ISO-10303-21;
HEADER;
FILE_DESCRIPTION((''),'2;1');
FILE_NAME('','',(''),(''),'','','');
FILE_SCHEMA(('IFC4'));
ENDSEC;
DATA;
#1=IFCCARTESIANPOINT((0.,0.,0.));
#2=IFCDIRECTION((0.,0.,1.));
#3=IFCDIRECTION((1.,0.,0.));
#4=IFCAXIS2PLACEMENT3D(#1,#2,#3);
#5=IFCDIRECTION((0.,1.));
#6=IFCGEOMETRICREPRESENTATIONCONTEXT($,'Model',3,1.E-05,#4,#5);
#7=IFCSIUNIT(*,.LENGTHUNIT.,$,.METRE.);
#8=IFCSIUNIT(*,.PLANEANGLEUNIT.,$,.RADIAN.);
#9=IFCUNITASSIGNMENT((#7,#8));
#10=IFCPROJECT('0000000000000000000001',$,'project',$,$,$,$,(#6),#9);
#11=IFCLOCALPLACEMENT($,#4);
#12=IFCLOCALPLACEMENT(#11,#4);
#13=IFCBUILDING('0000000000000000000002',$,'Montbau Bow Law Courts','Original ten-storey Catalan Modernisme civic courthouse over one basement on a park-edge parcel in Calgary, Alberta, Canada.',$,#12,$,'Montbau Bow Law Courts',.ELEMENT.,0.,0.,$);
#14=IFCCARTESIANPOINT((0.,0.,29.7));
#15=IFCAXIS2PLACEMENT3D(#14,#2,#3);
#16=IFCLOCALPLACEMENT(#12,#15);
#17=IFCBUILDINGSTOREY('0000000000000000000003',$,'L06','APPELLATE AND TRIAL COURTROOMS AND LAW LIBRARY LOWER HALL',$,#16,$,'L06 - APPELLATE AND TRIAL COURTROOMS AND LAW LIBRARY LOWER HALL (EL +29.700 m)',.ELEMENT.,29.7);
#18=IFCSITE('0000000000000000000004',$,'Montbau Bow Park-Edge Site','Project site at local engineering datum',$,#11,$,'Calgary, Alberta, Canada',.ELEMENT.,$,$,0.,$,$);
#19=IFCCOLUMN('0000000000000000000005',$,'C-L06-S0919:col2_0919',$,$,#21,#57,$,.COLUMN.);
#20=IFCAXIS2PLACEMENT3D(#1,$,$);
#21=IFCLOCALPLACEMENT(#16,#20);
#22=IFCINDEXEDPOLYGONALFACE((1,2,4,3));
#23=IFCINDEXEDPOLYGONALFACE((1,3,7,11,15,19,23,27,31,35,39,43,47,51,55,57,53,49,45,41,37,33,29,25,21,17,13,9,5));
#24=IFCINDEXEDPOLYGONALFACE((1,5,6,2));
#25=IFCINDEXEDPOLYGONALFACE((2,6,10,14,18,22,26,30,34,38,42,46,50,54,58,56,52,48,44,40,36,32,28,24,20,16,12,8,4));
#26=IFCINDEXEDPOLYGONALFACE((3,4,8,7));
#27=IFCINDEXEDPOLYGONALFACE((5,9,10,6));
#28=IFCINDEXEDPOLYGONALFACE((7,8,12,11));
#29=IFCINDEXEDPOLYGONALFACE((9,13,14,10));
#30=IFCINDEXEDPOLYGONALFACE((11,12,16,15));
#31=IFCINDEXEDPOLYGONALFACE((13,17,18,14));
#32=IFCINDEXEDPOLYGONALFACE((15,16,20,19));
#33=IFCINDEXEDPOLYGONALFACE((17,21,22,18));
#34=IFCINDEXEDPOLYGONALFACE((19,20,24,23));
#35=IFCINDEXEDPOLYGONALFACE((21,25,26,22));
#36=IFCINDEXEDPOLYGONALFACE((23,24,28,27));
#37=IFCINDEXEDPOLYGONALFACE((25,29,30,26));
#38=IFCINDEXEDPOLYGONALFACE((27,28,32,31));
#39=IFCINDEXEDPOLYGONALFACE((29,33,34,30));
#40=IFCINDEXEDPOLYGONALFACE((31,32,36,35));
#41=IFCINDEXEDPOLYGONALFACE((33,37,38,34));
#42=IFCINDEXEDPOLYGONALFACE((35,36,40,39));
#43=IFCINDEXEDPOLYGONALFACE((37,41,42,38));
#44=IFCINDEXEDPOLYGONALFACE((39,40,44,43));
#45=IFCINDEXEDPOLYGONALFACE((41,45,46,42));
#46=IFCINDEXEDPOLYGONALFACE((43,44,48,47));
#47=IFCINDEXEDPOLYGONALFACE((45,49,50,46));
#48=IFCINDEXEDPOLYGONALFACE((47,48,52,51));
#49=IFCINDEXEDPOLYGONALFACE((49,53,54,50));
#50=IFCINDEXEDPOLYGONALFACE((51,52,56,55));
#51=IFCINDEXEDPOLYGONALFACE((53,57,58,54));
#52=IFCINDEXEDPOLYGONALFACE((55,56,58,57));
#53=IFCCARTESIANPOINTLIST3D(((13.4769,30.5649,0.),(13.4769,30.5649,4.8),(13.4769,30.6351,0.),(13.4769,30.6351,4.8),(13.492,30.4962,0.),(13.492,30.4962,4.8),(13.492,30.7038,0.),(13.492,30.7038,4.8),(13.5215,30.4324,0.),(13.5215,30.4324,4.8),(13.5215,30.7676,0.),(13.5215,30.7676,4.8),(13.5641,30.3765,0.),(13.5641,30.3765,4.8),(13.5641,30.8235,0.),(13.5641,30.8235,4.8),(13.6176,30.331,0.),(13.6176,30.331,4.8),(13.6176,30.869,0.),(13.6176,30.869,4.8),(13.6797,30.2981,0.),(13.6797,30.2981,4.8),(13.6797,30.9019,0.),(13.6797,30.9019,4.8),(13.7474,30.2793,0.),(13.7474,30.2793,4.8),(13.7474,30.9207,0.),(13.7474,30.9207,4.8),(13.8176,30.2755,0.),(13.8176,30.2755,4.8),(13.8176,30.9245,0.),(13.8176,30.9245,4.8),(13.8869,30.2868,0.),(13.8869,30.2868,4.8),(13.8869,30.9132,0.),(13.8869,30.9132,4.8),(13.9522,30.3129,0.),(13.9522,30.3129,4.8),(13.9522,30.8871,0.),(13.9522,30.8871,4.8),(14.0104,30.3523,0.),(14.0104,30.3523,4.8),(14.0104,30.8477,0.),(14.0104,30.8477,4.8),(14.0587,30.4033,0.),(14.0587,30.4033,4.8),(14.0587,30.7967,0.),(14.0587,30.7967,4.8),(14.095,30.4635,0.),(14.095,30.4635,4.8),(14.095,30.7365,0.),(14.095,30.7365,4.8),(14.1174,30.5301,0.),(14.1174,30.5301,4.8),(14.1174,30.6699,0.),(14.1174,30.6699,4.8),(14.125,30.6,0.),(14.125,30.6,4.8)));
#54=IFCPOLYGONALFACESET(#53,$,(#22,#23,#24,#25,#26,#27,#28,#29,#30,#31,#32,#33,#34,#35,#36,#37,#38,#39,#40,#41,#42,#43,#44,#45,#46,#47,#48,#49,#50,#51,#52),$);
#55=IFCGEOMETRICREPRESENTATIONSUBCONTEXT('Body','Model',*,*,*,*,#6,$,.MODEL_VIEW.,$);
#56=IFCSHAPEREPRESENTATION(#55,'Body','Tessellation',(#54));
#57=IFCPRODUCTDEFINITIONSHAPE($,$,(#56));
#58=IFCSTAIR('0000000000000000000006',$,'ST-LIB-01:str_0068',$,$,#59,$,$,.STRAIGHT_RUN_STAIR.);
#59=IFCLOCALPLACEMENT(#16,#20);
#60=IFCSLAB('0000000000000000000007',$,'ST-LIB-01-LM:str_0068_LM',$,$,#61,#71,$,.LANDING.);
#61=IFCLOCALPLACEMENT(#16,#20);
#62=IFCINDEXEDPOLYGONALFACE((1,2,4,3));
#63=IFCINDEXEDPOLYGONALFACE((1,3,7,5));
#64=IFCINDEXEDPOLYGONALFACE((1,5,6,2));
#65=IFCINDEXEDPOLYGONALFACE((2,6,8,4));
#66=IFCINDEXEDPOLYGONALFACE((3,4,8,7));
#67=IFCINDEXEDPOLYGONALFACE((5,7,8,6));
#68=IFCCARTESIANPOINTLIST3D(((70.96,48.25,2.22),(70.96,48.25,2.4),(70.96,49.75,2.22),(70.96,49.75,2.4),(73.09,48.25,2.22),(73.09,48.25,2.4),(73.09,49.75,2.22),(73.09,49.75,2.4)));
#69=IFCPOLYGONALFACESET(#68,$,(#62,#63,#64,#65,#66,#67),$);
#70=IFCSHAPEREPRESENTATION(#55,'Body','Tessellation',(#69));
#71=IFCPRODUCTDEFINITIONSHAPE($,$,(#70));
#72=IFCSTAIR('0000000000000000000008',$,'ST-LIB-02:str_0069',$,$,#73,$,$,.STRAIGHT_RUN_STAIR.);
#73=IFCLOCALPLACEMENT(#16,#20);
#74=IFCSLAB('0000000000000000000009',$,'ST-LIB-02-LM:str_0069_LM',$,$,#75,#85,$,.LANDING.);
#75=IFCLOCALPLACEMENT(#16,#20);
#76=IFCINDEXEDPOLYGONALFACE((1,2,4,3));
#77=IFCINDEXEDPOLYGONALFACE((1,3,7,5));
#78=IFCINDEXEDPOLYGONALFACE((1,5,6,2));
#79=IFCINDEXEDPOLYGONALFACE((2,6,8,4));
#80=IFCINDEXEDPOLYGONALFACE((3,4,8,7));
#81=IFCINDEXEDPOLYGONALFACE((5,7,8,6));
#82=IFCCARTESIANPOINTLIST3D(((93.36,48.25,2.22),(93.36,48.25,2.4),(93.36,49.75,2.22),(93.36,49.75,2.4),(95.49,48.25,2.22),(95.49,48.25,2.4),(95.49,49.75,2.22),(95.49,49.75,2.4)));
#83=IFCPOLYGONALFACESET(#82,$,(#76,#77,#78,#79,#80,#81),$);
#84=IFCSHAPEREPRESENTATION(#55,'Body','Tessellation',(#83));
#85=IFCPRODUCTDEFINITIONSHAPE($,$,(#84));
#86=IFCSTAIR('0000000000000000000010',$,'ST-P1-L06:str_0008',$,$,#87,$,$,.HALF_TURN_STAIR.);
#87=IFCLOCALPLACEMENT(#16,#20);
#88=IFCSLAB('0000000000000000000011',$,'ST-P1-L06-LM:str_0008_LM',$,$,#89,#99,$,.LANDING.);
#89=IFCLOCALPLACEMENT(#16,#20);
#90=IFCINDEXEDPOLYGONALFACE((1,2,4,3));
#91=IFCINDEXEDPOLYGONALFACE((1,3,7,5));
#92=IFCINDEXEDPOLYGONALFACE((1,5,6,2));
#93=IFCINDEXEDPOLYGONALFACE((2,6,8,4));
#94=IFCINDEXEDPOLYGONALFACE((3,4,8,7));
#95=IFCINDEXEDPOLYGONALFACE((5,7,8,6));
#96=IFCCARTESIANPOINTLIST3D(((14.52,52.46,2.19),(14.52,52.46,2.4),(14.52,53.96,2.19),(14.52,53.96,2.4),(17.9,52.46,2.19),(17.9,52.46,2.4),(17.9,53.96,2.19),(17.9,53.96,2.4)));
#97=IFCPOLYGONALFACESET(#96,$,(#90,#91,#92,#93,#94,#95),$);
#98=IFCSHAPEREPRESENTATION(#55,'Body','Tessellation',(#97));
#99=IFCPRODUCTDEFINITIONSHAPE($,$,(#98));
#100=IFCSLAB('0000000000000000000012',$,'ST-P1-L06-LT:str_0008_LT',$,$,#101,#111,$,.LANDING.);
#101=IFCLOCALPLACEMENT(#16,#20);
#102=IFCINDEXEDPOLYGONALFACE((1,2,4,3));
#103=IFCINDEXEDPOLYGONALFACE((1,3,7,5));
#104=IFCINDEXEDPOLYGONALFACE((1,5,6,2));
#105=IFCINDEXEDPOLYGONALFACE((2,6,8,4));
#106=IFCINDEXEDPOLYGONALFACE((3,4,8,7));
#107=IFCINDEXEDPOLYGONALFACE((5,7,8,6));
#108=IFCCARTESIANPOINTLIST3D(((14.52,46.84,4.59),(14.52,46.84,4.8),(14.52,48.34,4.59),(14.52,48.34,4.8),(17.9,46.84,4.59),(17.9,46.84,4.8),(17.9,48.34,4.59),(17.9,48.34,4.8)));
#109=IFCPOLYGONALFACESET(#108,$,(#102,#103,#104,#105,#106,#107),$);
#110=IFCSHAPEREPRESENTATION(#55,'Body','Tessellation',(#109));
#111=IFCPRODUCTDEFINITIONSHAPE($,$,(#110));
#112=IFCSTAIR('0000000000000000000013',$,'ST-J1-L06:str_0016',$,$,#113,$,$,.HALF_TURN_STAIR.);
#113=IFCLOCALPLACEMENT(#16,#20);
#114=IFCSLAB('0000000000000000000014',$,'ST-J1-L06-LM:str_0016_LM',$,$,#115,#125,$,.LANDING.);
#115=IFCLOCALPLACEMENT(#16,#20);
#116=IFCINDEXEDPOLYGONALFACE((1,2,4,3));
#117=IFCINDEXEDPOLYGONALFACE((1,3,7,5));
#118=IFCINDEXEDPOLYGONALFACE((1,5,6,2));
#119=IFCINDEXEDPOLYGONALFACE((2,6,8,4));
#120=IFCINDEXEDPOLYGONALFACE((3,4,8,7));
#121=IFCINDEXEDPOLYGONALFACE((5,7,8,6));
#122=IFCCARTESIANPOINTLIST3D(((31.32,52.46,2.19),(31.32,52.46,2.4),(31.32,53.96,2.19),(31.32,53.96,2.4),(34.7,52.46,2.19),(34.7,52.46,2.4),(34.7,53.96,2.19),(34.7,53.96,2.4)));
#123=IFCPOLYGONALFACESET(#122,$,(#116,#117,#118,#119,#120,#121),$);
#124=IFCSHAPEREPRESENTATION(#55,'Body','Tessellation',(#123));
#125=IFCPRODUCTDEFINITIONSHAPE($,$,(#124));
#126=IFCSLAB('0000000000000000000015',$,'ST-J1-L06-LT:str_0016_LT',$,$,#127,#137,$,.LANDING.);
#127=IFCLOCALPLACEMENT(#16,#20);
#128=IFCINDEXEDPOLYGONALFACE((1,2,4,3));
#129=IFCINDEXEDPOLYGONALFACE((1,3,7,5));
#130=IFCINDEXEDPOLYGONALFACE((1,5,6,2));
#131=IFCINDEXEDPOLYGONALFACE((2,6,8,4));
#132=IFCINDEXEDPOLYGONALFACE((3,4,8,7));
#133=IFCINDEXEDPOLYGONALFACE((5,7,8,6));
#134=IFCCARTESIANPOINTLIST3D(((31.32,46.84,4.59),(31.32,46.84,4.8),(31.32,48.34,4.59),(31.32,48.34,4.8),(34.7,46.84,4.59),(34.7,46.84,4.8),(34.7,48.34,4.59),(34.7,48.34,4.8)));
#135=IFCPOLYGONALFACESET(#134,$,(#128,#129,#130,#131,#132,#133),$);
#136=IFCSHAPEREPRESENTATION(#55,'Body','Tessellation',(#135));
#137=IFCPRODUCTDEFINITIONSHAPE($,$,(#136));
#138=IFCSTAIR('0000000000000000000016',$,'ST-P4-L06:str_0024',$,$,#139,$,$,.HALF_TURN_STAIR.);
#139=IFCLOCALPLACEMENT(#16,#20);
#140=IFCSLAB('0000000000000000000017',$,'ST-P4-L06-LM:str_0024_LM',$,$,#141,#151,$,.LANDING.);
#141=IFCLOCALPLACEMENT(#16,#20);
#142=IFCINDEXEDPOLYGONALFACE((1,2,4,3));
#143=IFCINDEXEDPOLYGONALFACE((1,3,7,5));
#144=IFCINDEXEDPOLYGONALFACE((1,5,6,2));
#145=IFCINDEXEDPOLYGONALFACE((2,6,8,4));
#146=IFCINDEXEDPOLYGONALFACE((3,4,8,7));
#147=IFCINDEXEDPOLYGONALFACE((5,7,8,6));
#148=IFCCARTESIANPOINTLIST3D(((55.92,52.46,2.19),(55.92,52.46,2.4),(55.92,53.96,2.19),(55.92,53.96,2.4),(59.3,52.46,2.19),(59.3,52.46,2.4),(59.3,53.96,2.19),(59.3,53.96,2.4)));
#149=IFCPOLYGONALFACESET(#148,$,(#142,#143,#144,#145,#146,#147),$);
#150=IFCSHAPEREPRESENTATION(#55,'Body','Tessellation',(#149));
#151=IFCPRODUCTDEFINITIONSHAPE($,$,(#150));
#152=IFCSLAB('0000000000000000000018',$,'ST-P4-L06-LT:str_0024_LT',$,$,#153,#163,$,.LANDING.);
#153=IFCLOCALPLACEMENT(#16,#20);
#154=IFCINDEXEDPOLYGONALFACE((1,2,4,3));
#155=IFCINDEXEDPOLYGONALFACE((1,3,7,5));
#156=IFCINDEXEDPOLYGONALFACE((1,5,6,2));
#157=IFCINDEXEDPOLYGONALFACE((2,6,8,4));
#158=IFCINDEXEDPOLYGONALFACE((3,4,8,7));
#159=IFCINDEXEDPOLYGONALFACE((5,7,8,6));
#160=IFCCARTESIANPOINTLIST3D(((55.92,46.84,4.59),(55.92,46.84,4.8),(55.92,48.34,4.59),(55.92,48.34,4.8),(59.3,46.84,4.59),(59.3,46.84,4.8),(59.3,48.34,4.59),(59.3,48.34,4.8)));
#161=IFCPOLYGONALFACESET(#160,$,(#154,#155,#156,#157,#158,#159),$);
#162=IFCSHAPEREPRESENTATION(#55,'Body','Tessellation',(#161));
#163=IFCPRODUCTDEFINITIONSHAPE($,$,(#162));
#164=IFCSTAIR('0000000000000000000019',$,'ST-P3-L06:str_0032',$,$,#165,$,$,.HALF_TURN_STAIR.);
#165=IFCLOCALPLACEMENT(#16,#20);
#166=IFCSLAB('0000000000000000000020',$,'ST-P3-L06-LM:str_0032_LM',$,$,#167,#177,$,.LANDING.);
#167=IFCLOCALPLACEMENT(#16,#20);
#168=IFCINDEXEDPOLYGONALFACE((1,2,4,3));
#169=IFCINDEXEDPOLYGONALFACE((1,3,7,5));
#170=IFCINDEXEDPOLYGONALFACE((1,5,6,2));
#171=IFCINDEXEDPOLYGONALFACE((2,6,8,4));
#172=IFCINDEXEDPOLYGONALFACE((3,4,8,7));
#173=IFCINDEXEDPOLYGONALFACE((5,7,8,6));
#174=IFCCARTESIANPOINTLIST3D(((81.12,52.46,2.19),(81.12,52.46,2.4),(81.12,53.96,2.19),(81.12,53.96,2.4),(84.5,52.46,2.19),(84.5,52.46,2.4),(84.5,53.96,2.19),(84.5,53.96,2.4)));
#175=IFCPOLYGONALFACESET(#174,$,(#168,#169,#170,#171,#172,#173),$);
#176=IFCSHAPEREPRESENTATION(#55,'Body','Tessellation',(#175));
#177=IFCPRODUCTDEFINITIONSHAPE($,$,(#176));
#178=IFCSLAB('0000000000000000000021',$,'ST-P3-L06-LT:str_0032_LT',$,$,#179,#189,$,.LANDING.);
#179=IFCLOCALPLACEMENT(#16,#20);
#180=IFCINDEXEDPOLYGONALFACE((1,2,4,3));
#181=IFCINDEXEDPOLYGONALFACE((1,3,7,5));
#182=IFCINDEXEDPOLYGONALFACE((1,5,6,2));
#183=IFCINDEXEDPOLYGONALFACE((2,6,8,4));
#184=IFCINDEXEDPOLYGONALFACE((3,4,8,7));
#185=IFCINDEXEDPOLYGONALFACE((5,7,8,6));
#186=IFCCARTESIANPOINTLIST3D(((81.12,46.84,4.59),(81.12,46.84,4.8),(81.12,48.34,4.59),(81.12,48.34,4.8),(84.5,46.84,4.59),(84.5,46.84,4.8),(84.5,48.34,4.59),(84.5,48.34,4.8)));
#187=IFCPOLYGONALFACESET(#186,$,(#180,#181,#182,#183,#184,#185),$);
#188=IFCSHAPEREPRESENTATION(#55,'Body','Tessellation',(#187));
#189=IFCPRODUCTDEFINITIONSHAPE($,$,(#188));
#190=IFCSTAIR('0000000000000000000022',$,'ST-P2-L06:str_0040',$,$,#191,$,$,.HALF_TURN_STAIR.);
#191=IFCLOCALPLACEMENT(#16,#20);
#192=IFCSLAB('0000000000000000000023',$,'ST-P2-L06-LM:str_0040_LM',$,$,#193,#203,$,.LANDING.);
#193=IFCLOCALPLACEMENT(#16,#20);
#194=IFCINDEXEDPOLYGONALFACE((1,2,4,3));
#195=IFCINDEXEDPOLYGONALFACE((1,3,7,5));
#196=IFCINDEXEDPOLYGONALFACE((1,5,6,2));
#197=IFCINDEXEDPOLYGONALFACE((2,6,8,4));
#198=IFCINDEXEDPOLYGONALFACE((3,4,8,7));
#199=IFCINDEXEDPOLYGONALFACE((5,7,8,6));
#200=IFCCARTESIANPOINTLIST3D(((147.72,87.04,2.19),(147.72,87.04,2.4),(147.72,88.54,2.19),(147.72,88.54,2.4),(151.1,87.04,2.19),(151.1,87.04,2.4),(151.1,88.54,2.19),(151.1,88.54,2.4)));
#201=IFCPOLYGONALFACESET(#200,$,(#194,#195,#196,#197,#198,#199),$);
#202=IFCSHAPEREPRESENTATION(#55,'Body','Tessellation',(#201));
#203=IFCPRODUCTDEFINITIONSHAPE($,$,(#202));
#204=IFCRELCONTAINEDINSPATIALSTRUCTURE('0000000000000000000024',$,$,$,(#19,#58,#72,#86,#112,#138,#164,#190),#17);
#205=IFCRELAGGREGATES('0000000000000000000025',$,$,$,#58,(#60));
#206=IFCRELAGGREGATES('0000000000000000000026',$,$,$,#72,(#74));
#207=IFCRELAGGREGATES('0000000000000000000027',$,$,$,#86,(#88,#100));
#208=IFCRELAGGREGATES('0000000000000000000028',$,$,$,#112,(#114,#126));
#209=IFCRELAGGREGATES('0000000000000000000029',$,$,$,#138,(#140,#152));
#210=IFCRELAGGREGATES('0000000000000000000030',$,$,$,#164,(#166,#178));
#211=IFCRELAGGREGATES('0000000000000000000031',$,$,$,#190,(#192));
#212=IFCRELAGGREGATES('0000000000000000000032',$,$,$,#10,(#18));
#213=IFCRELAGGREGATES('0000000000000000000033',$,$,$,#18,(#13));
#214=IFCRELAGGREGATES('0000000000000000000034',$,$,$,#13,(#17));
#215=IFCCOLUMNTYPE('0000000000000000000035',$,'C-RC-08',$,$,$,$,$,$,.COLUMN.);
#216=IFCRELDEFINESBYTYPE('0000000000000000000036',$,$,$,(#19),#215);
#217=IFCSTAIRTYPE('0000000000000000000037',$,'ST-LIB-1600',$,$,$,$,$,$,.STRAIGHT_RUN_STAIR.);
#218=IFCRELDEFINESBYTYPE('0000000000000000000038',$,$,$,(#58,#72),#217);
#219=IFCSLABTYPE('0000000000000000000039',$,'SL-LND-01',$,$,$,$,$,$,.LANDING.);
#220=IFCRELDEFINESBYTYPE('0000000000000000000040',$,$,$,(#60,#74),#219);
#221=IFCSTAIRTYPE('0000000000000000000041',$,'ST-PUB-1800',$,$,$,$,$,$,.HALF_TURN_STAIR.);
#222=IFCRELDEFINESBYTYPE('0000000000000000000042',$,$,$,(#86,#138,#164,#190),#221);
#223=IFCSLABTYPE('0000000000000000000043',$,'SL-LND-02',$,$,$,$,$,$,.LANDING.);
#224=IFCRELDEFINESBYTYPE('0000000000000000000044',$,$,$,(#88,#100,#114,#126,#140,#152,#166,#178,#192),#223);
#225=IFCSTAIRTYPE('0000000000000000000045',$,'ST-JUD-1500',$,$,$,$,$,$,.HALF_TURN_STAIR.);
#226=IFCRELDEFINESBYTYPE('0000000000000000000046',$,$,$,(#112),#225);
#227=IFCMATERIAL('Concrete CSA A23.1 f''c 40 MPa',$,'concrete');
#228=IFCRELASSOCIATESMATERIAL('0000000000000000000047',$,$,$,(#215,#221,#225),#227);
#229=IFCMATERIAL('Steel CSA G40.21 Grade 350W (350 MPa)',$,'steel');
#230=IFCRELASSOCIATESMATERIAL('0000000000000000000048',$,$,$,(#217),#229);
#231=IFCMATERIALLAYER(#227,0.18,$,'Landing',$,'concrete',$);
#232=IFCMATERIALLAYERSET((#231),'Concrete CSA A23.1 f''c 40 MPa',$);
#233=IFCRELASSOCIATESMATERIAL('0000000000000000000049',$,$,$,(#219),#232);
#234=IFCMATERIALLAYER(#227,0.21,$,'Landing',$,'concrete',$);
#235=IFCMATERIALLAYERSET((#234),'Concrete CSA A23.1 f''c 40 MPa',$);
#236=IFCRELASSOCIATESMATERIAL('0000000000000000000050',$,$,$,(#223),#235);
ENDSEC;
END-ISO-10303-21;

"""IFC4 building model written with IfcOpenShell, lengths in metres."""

from ifc_helpers import new_model, si_unit, direction, frame, origin_with_axes, origin_2d_with_axis, place, context, subcontext, project, spatial, polyline, circle, outline, extrude, material, layer, layer_set, material_profile, profile_set, type_object, element, aggregate, save


model = new_model("IFC4")

# Units and contexts
model_context = context("Model", 3, precision=1e-05, world=origin_with_axes(), true_north=direction((0.0, 1.0)))
body_context = subcontext(model_context, "Body", "Model", "MODEL_VIEW")
ifc_project = project(units=[si_unit("LENGTHUNIT", "METRE"), si_unit("PLANEANGLEUNIT", "RADIAN")], contexts=[model_context])

# Site, building, storey
site_placement = place(None, origin_with_axes())
site = spatial("IfcSite", under=ifc_project, at=site_placement, Name="Montbau Bow Park-Edge Site", Description="Project site at local engineering datum", LongName="Calgary, Alberta, Canada", CompositionType="ELEMENT", RefElevation=0.0)
building_placement = place(site_placement, origin_with_axes())
building = spatial("IfcBuilding", under=site, at=building_placement, Name="Montbau Bow Law Courts", Description="Original ten-storey Catalan Modernisme civic courthouse over one basement on a park-edge parcel in Calgary, Alberta, Canada.", LongName="Montbau Bow Law Courts", CompositionType="ELEMENT", ElevationOfRefHeight=0.0, ElevationOfTerrain=0.0)
storey_placement = place(building_placement, frame((0.0, 0.0, 29.7), z_axis=(0.0, 0.0, 1.0), x_axis=(1.0, 0.0, 0.0)))
storey = spatial("IfcBuildingStorey", under=building, at=storey_placement, Name="L06", Description="APPELLATE AND TRIAL COURTROOMS AND LAW LIBRARY LOWER HALL", LongName="L06 - APPELLATE AND TRIAL COURTROOMS AND LAW LIBRARY LOWER HALL (EL +29.700 m)", CompositionType="ELEMENT", Elevation=29.7)

# Column
ifc_material_1 = material(Name="Concrete CSA A23.1 f'c 40 MPa", Category="concrete")
ifc_material_profile = material_profile(ifc_material_1, circle(Radius=0.325, at=origin_2d_with_axis()), Name="RC650D", Category="Main", Priority=0)
ifc_profile_set = profile_set([ifc_material_profile], Name="Concrete CSA A23.1 f'c 40 MPa")
column_type = type_object("IfcColumnType", Name="C-RC-08", PredefinedType="COLUMN", material=ifc_profile_set)
column_placement = place(None, frame((13.8, 30.6, 29.7), z_axis=(0.0, 0.0, 1.0), x_axis=(1.0, 0.0, 0.0)))
element("IfcColumn", 1, at=column_placement, inside=storey, type_object=column_type, Name="C-L06-S0919:col2_0919", PredefinedType="COLUMN", context=body_context, shape_type="SweptSolid", body=[
    extrude(circle(Radius=0.325, at=origin_2d_with_axis()), origin_with_axes(), (0.0, 0.0, 1.0), 4.8),
])

# Stairs, slabs
ifc_material_2 = material(Name="Steel CSA G40.21 Grade 350W (350 MPa)", Category="steel")
stair_type_1 = type_object("IfcStairType", Name="ST-LIB-1600", PredefinedType="STRAIGHT_RUN_STAIR", material=ifc_material_2)
stair_1_placement = place(None, frame((66.8, 49.0, 29.7), z_axis=(0.0, 0.0, 1.0), x_axis=(1.0, 0.0, 0.0)))
stair_1 = element("IfcStair", 2, at=stair_1_placement, inside=storey, type_object=stair_type_1, Name="ST-LIB-01:str_0068", PredefinedType="STRAIGHT_RUN_STAIR")
ifc_layer_1 = layer(ifc_material_1, 0.18, Name="Landing", Category="concrete")
ifc_layer_set_1 = layer_set([ifc_layer_1], Name="Concrete CSA A23.1 f'c 40 MPa")
slab_type_1 = type_object("IfcSlabType", Name="SL-LND-01", PredefinedType="LANDING", material=ifc_layer_set_1)
slab_1_placement = place(None, frame((0.0, 0.0, 31.92), z_axis=(0.0, 0.0, 1.0), x_axis=(1.0, 0.0, 0.0)))
slab_1 = element("IfcSlab", 3, at=slab_1_placement, type_object=slab_type_1, Name="ST-LIB-01-LM:str_0068_LM", PredefinedType="LANDING", context=body_context, shape_type="SweptSolid", body=[
    extrude(outline(polyline([(70.96, 48.25), (73.09, 48.25), (73.09, 49.75), (70.96, 49.75), (70.96, 48.25)])), origin_with_axes(), (0.0, 0.0, 1.0), 0.18),
])
aggregate(stair_1, [slab_1])
stair_2_placement = place(None, frame((89.2, 49.0, 29.7), z_axis=(0.0, 0.0, 1.0), x_axis=(1.0, 0.0, 0.0)))
stair_2 = element("IfcStair", 4, at=stair_2_placement, inside=storey, type_object=stair_type_1, Name="ST-LIB-02:str_0069", PredefinedType="STRAIGHT_RUN_STAIR")
slab_2_placement = place(None, frame((0.0, 0.0, 31.92), z_axis=(0.0, 0.0, 1.0), x_axis=(1.0, 0.0, 0.0)))
slab_2 = element("IfcSlab", 5, at=slab_2_placement, type_object=slab_type_1, Name="ST-LIB-02-LM:str_0069_LM", PredefinedType="LANDING", context=body_context, shape_type="SweptSolid", body=[
    extrude(outline(polyline([(93.36, 48.25), (95.49, 48.25), (95.49, 49.75), (93.36, 49.75), (93.36, 48.25)])), origin_with_axes(), (0.0, 0.0, 1.0), 0.18),
])
aggregate(stair_2, [slab_2])

# Stairs, slabs
stair_type_2 = type_object("IfcStairType", Name="ST-PUB-1800", PredefinedType="HALF_TURN_STAIR", material=ifc_material_1)
stair_3_placement = place(None, frame((15.305, 48.3, 29.7), z_axis=(0.0, 0.0, 1.0), x_axis=(1.0, 0.0, 0.0)))
stair_3 = element("IfcStair", 6, at=stair_3_placement, inside=storey, type_object=stair_type_2, Name="ST-P1-L06:str_0008", PredefinedType="HALF_TURN_STAIR")
ifc_layer_2 = layer(ifc_material_1, 0.21, Name="Landing", Category="concrete")
ifc_layer_set_2 = layer_set([ifc_layer_2], Name="Concrete CSA A23.1 f'c 40 MPa")
slab_type_2 = type_object("IfcSlabType", Name="SL-LND-02", PredefinedType="LANDING", material=ifc_layer_set_2)
slab_3_placement = place(None, frame((0.0, 0.0, 31.89), z_axis=(0.0, 0.0, 1.0), x_axis=(1.0, 0.0, 0.0)))
slab_3 = element("IfcSlab", 7, at=slab_3_placement, type_object=slab_type_2, Name="ST-P1-L06-LM:str_0008_LM", PredefinedType="LANDING", context=body_context, shape_type="SweptSolid", body=[
    extrude(outline(polyline([(14.52, 52.46), (17.9, 52.46), (17.9, 53.96), (14.52, 53.96), (14.52, 52.46)])), origin_with_axes(), (0.0, 0.0, 1.0), 0.21),
])
slab_4_placement = place(None, frame((0.0, 0.0, 34.29), z_axis=(0.0, 0.0, 1.0), x_axis=(1.0, 0.0, 0.0)))
slab_4 = element("IfcSlab", 8, at=slab_4_placement, type_object=slab_type_2, Name="ST-P1-L06-LT:str_0008_LT", PredefinedType="LANDING", context=body_context, shape_type="SweptSolid", body=[
    extrude(outline(polyline([(14.52, 46.84), (17.9, 46.84), (17.9, 48.34), (14.52, 48.34), (14.52, 46.84)])), origin_with_axes(), (0.0, 0.0, 1.0), 0.21),
])
aggregate(stair_3, [slab_3, slab_4])
stair_type_3 = type_object("IfcStairType", Name="ST-JUD-1500", PredefinedType="HALF_TURN_STAIR", material=ifc_material_1)
stair_4_placement = place(None, frame((32.065, 48.3, 29.7), z_axis=(0.0, 0.0, 1.0), x_axis=(1.0, 0.0, 0.0)))
stair_4 = element("IfcStair", 9, at=stair_4_placement, inside=storey, type_object=stair_type_3, Name="ST-J1-L06:str_0016", PredefinedType="HALF_TURN_STAIR")
slab_5_placement = place(None, frame((0.0, 0.0, 31.89), z_axis=(0.0, 0.0, 1.0), x_axis=(1.0, 0.0, 0.0)))
slab_5 = element("IfcSlab", 10, at=slab_5_placement, type_object=slab_type_2, Name="ST-J1-L06-LM:str_0016_LM", PredefinedType="LANDING", context=body_context, shape_type="SweptSolid", body=[
    extrude(outline(polyline([(31.32, 52.46), (34.7, 52.46), (34.7, 53.96), (31.32, 53.96), (31.32, 52.46)])), origin_with_axes(), (0.0, 0.0, 1.0), 0.21),
])
slab_6_placement = place(None, frame((0.0, 0.0, 34.29), z_axis=(0.0, 0.0, 1.0), x_axis=(1.0, 0.0, 0.0)))
slab_6 = element("IfcSlab", 11, at=slab_6_placement, type_object=slab_type_2, Name="ST-J1-L06-LT:str_0016_LT", PredefinedType="LANDING", context=body_context, shape_type="SweptSolid", body=[
    extrude(outline(polyline([(31.32, 46.84), (34.7, 46.84), (34.7, 48.34), (31.32, 48.34), (31.32, 46.84)])), origin_with_axes(), (0.0, 0.0, 1.0), 0.21),
])
aggregate(stair_4, [slab_5, slab_6])
stair_5_placement = place(None, frame((56.705, 48.3, 29.7), z_axis=(0.0, 0.0, 1.0), x_axis=(1.0, 0.0, 0.0)))
stair_5 = element("IfcStair", 12, at=stair_5_placement, inside=storey, type_object=stair_type_2, Name="ST-P4-L06:str_0024", PredefinedType="HALF_TURN_STAIR")
slab_7_placement = place(None, frame((0.0, 0.0, 31.89), z_axis=(0.0, 0.0, 1.0), x_axis=(1.0, 0.0, 0.0)))
slab_7 = element("IfcSlab", 13, at=slab_7_placement, type_object=slab_type_2, Name="ST-P4-L06-LM:str_0024_LM", PredefinedType="LANDING", context=body_context, shape_type="SweptSolid", body=[
    extrude(outline(polyline([(55.92, 52.46), (59.3, 52.46), (59.3, 53.96), (55.92, 53.96), (55.92, 52.46)])), origin_with_axes(), (0.0, 0.0, 1.0), 0.21),
])
slab_8_placement = place(None, frame((0.0, 0.0, 34.29), z_axis=(0.0, 0.0, 1.0), x_axis=(1.0, 0.0, 0.0)))
slab_8 = element("IfcSlab", 14, at=slab_8_placement, type_object=slab_type_2, Name="ST-P4-L06-LT:str_0024_LT", PredefinedType="LANDING", context=body_context, shape_type="SweptSolid", body=[
    extrude(outline(polyline([(55.92, 46.84), (59.3, 46.84), (59.3, 48.34), (55.92, 48.34), (55.92, 46.84)])), origin_with_axes(), (0.0, 0.0, 1.0), 0.21),
])
aggregate(stair_5, [slab_7, slab_8])
stair_6_placement = place(None, frame((81.905, 48.3, 29.7), z_axis=(0.0, 0.0, 1.0), x_axis=(1.0, 0.0, 0.0)))
stair_6 = element("IfcStair", 15, at=stair_6_placement, inside=storey, type_object=stair_type_2, Name="ST-P3-L06:str_0032", PredefinedType="HALF_TURN_STAIR")
slab_9_placement = place(None, frame((0.0, 0.0, 31.89), z_axis=(0.0, 0.0, 1.0), x_axis=(1.0, 0.0, 0.0)))
slab_9 = element("IfcSlab", 16, at=slab_9_placement, type_object=slab_type_2, Name="ST-P3-L06-LM:str_0032_LM", PredefinedType="LANDING", context=body_context, shape_type="SweptSolid", body=[
    extrude(outline(polyline([(81.12, 52.46), (84.5, 52.46), (84.5, 53.96), (81.12, 53.96), (81.12, 52.46)])), origin_with_axes(), (0.0, 0.0, 1.0), 0.21),
])
slab_10_placement = place(None, frame((0.0, 0.0, 34.29), z_axis=(0.0, 0.0, 1.0), x_axis=(1.0, 0.0, 0.0)))
slab_10 = element("IfcSlab", 17, at=slab_10_placement, type_object=slab_type_2, Name="ST-P3-L06-LT:str_0032_LT", PredefinedType="LANDING", context=body_context, shape_type="SweptSolid", body=[
    extrude(outline(polyline([(81.12, 46.84), (84.5, 46.84), (84.5, 48.34), (81.12, 48.34), (81.12, 46.84)])), origin_with_axes(), (0.0, 0.0, 1.0), 0.21),
])
aggregate(stair_6, [slab_9, slab_10])

# Stair, slab
stair_7_placement = place(None, frame((148.505, 92.7, 29.7), z_axis=(0.0, 0.0, 1.0), x_axis=(1.0, 0.0, 0.0)))
stair_7 = element("IfcStair", 18, at=stair_7_placement, inside=storey, type_object=stair_type_2, Name="ST-P2-L06:str_0040", PredefinedType="HALF_TURN_STAIR")
slab_11_placement = place(None, frame((0.0, 0.0, 31.89), z_axis=(0.0, 0.0, 1.0), x_axis=(1.0, 0.0, 0.0)))
slab_11 = element("IfcSlab", 19, at=slab_11_placement, type_object=slab_type_2, Name="ST-P2-L06-LM:str_0040_LM", PredefinedType="LANDING", context=body_context, shape_type="SweptSolid", body=[
    extrude(outline(polyline([(147.72, 87.04), (151.1, 87.04), (151.1, 88.54), (147.72, 88.54), (147.72, 87.04)])), origin_with_axes(), (0.0, 0.0, 1.0), 0.21),
])
aggregate(stair_7, [slab_11])

save(model, "model.ifc")
